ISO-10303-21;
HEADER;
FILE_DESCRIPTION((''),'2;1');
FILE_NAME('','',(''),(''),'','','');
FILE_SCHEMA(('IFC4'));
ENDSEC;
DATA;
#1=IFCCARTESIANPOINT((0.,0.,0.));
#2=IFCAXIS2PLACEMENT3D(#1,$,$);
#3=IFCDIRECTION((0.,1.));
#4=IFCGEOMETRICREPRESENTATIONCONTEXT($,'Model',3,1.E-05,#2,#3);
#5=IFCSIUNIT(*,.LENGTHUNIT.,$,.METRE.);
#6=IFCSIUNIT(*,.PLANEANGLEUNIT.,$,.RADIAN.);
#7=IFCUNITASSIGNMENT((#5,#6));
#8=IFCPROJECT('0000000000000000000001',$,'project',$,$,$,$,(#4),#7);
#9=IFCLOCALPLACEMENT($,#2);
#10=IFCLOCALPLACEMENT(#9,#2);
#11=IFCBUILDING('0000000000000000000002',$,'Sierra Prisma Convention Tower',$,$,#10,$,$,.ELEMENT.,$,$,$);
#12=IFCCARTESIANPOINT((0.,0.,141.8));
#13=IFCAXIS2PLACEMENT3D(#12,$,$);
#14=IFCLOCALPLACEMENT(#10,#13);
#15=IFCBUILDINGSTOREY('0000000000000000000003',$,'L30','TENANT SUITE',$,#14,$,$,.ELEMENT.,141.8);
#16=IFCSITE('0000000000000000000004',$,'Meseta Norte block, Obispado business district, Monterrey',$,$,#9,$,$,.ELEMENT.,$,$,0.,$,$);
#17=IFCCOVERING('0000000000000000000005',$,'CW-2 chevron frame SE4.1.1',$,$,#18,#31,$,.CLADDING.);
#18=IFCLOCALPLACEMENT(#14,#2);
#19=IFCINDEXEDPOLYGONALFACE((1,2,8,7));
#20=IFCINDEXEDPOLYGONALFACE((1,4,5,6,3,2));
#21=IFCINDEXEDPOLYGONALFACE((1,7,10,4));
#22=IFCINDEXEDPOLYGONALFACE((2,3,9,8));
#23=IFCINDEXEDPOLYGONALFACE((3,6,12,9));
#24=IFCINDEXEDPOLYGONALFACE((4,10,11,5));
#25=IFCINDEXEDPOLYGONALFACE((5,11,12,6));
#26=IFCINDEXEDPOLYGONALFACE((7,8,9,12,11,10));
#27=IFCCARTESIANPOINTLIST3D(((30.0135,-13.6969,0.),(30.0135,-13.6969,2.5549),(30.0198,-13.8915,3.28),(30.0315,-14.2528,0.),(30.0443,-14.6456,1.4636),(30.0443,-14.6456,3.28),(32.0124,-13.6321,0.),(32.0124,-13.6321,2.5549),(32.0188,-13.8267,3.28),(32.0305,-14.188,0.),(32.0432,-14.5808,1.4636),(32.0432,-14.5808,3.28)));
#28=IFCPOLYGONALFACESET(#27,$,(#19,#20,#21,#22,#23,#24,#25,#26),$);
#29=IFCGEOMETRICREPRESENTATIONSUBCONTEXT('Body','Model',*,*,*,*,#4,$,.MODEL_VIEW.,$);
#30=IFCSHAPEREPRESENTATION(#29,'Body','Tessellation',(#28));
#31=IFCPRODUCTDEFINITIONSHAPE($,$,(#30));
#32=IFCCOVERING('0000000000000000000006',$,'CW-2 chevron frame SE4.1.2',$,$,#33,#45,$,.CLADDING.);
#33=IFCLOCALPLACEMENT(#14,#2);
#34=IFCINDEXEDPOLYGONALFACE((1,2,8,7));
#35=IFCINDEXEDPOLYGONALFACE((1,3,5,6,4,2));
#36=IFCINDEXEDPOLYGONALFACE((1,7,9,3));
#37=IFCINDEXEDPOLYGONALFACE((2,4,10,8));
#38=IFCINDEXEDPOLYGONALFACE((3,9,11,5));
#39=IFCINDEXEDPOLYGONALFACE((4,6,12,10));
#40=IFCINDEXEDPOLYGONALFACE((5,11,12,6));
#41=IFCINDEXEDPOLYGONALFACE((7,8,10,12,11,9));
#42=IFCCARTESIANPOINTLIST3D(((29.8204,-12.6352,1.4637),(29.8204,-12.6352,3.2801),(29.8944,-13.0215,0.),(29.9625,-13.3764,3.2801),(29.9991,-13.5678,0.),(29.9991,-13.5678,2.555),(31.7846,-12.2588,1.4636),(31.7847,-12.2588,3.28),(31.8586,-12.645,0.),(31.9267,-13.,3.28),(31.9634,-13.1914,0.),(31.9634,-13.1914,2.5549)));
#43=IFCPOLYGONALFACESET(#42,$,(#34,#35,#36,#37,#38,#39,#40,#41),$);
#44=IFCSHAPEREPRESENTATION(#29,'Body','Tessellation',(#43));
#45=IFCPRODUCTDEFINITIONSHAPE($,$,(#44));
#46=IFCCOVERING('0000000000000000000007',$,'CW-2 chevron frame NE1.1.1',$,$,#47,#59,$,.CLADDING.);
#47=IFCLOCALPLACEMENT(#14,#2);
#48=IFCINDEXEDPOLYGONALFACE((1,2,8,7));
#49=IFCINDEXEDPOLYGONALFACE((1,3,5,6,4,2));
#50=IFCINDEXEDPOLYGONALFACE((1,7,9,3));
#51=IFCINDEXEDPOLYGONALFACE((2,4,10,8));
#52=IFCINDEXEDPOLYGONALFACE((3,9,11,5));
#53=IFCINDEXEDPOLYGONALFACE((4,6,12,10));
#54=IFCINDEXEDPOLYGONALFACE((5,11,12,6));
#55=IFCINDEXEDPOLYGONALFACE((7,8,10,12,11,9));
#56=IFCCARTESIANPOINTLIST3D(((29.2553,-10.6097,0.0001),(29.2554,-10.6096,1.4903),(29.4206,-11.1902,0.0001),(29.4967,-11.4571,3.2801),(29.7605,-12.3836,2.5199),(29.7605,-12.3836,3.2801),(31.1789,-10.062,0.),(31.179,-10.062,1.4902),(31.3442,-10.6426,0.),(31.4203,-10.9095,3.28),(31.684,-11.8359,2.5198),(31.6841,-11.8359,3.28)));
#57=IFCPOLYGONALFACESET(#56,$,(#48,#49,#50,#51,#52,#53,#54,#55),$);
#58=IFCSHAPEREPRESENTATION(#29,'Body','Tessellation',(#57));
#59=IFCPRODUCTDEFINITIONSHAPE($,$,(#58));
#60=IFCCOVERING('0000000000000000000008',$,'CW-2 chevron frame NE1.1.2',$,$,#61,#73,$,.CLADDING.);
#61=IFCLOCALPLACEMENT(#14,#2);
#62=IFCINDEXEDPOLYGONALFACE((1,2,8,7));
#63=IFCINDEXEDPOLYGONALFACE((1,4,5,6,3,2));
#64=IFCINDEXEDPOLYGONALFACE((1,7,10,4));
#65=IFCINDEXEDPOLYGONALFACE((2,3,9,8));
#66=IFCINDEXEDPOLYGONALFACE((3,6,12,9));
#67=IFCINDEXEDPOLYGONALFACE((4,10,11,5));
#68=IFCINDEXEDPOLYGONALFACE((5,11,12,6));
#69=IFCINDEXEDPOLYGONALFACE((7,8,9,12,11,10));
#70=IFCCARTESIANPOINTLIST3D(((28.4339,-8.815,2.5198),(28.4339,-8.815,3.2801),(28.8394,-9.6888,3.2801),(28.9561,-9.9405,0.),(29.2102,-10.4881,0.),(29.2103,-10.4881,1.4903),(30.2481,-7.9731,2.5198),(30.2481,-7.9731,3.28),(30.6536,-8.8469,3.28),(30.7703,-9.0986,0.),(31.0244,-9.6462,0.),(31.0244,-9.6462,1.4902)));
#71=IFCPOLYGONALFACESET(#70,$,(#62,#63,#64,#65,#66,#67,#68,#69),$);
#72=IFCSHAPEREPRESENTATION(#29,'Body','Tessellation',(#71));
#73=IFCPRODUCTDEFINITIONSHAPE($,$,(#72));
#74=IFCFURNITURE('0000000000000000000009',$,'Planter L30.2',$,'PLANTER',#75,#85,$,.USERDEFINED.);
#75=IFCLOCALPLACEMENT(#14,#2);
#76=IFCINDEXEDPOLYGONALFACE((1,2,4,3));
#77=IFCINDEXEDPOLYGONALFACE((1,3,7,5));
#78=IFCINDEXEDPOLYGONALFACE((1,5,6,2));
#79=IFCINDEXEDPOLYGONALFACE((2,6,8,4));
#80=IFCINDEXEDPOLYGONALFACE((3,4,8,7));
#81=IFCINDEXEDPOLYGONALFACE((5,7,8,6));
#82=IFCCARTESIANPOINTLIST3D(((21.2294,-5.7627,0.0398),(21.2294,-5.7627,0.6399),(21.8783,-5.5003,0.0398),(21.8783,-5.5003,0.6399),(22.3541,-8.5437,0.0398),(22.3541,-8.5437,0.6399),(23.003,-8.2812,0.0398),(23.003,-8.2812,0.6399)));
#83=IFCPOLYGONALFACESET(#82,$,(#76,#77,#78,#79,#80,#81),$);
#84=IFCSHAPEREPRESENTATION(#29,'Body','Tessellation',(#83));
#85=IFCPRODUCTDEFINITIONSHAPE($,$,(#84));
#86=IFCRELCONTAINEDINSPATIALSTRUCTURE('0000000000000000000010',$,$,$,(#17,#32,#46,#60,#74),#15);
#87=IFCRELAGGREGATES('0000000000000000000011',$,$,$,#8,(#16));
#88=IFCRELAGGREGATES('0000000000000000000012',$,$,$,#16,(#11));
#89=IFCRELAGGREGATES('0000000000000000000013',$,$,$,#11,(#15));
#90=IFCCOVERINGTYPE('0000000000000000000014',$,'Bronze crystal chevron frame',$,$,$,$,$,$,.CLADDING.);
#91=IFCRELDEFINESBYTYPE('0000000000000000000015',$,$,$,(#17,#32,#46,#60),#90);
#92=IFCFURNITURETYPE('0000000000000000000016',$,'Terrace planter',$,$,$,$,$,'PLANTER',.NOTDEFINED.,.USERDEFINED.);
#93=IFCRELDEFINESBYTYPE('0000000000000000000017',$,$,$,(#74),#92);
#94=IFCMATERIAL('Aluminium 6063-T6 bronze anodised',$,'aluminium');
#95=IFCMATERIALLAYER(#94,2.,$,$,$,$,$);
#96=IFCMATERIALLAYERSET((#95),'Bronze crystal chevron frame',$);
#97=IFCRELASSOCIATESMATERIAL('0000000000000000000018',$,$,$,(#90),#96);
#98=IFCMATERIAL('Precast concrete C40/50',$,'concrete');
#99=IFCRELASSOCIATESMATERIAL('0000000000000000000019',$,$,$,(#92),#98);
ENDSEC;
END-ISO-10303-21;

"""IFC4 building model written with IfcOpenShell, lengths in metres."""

from ifc_helpers import new_model, si_unit, direction, frame, origin, origin_2d, place, context, subcontext, project, spatial, polyline, rectangle, outline, extrude, material, layer, layer_set, type_object, element, save


model = new_model("IFC4")

# Units and contexts
model_context = context("Model", 3, precision=1e-05, world=origin(), true_north=direction((0.0, 1.0)))
body_context = subcontext(model_context, "Body", "Model", "MODEL_VIEW")
ifc_project = project(units=[si_unit("LENGTHUNIT", "METRE"), si_unit("PLANEANGLEUNIT", "RADIAN")], contexts=[model_context])

# Site, building, storey
site_placement = place(None, origin())
site = spatial("IfcSite", under=ifc_project, at=site_placement, Name="Meseta Norte block, Obispado business district, Monterrey", CompositionType="ELEMENT", RefElevation=0.0)
building_placement = place(site_placement, origin())
building = spatial("IfcBuilding", under=site, at=building_placement, Name="Sierra Prisma Convention Tower", CompositionType="ELEMENT")
storey_placement = place(building_placement, frame((0.0, 0.0, 141.8)))
storey = spatial("IfcBuildingStorey", under=building, at=storey_placement, Name="L30", Description="TENANT SUITE", CompositionType="ELEMENT", Elevation=141.8)

# Coverings
ifc_material_1 = material(Name="Aluminium 6063-T6 bronze anodised", Category="aluminium")
ifc_layer_1 = layer(ifc_material_1, 2.0)
ifc_layer_set_1 = layer_set([ifc_layer_1], Name="Bronze crystal chevron frame")
covering_type = type_object("IfcCoveringType", Name="Bronze crystal chevron frame", PredefinedType="CLADDING", material=ifc_layer_set_1)
covering_1_placement = place(storey_placement, frame((32.0432, -14.5808, 3.28), z_axis=(0.999475, 0.032413, 0.000001), x_axis=(0.000001, 0.0, -1.0)))
element("IfcCovering", 1, at=covering_1_placement, inside=storey, type_object=covering_type, Name="CW-2 chevron frame SE4.1.1", PredefinedType="CLADDING", context=body_context, shape_type="SweptSolid", body=[
    extrude(outline(polyline([(0.0, 0.0), (1.8164, 0.0), (3.28, 0.393), (3.28, 0.9492), (0.7251, 0.9492), (0.0, 0.7545), (0.0, 0.0)])), origin(), (0.0, 0.0, -1.0), 2.0),
])
covering_2_placement = place(storey_placement, frame((31.8586, -12.645, 0.0), z_axis=(0.982128, 0.188215, -0.000016), x_axis=(-0.048823, 0.254846, 0.965748)))
element("IfcCovering", 2, at=covering_2_placement, inside=storey, type_object=covering_type, Name="CW-2 chevron frame SE4.1.2", PredefinedType="CLADDING", context=body_context, shape_type="SweptSolid", body=[
    extrude(outline(polyline([(0.0, 0.0), (1.5155, 0.0), (3.2697, 0.4713), (3.0739, 1.2002), (2.3231, 1.2002), (-0.1444, 0.5373), (0.0, 0.0)])), origin(), (0.0, 0.0, -1.0), 2.0),
])
covering_3_placement = place(storey_placement, frame((31.6841, -11.8359, 3.28), z_axis=(0.961781, 0.273819, -0.000045), x_axis=(-0.000043, -0.000012, -1.0)))
element("IfcCovering", 3, at=covering_3_placement, inside=storey, type_object=covering_type, Name="CW-2 chevron frame NE1.1.1", PredefinedType="CLADDING", context=body_context, shape_type="SweptSolid", body=[
    extrude(outline(polyline([(0.0, 0.0), (0.7603, 0.0), (3.28, 1.2408), (3.28, 1.8444), (1.7898, 1.8444), (0.0, 0.9633), (0.0, 0.0)])), origin(), (0.0, 0.0, -1.0), 2.0),
])
covering_4_placement = place(storey_placement, frame((31.0244, -9.6462, 0.0), z_axis=(0.907086, 0.420944, -0.000023), x_axis=(-0.420944, 0.907086, 0.0)))
element("IfcCovering", 4, at=covering_4_placement, inside=storey, type_object=covering_type, Name="CW-2 chevron frame NE1.1.2", PredefinedType="CLADDING", context=body_context, shape_type="SweptSolid", body=[
    extrude(outline(polyline([(0.0, 0.0), (0.6037, 0.0), (1.8444, 2.5198), (1.8444, 3.28), (0.8812, 3.28), (0.0, 1.4902), (0.0, 0.0)])), origin(), (0.0, 0.0, -1.0), 2.0),
])

# Furniture
ifc_material_2 = material(Name="Precast concrete C40/50", Category="concrete")
furniture_type = type_object("IfcFurnitureType", Name="Terrace planter", ElementType="PLANTER", AssemblyPlace="NOTDEFINED", PredefinedType="USERDEFINED", material=ifc_material_2)
furniture_placement = place(storey_placement, frame((22.1162, -7.022, 0.0398), z_axis=(0.0, 0.0, 1.0), x_axis=(-0.374906, 0.927063, 0.0)))
element("IfcFurniture", 5, at=furniture_placement, inside=storey, type_object=furniture_type, Name="Planter L30.2", ObjectType="PLANTER", PredefinedType="USERDEFINED", context=body_context, shape_type="SweptSolid", body=[
    extrude(rectangle(XDim=2.9998, YDim=0.7, at=origin_2d()), origin(), (0.0, 0.0, 1.0), 0.6001),
])

save(model, "model.ifc")
